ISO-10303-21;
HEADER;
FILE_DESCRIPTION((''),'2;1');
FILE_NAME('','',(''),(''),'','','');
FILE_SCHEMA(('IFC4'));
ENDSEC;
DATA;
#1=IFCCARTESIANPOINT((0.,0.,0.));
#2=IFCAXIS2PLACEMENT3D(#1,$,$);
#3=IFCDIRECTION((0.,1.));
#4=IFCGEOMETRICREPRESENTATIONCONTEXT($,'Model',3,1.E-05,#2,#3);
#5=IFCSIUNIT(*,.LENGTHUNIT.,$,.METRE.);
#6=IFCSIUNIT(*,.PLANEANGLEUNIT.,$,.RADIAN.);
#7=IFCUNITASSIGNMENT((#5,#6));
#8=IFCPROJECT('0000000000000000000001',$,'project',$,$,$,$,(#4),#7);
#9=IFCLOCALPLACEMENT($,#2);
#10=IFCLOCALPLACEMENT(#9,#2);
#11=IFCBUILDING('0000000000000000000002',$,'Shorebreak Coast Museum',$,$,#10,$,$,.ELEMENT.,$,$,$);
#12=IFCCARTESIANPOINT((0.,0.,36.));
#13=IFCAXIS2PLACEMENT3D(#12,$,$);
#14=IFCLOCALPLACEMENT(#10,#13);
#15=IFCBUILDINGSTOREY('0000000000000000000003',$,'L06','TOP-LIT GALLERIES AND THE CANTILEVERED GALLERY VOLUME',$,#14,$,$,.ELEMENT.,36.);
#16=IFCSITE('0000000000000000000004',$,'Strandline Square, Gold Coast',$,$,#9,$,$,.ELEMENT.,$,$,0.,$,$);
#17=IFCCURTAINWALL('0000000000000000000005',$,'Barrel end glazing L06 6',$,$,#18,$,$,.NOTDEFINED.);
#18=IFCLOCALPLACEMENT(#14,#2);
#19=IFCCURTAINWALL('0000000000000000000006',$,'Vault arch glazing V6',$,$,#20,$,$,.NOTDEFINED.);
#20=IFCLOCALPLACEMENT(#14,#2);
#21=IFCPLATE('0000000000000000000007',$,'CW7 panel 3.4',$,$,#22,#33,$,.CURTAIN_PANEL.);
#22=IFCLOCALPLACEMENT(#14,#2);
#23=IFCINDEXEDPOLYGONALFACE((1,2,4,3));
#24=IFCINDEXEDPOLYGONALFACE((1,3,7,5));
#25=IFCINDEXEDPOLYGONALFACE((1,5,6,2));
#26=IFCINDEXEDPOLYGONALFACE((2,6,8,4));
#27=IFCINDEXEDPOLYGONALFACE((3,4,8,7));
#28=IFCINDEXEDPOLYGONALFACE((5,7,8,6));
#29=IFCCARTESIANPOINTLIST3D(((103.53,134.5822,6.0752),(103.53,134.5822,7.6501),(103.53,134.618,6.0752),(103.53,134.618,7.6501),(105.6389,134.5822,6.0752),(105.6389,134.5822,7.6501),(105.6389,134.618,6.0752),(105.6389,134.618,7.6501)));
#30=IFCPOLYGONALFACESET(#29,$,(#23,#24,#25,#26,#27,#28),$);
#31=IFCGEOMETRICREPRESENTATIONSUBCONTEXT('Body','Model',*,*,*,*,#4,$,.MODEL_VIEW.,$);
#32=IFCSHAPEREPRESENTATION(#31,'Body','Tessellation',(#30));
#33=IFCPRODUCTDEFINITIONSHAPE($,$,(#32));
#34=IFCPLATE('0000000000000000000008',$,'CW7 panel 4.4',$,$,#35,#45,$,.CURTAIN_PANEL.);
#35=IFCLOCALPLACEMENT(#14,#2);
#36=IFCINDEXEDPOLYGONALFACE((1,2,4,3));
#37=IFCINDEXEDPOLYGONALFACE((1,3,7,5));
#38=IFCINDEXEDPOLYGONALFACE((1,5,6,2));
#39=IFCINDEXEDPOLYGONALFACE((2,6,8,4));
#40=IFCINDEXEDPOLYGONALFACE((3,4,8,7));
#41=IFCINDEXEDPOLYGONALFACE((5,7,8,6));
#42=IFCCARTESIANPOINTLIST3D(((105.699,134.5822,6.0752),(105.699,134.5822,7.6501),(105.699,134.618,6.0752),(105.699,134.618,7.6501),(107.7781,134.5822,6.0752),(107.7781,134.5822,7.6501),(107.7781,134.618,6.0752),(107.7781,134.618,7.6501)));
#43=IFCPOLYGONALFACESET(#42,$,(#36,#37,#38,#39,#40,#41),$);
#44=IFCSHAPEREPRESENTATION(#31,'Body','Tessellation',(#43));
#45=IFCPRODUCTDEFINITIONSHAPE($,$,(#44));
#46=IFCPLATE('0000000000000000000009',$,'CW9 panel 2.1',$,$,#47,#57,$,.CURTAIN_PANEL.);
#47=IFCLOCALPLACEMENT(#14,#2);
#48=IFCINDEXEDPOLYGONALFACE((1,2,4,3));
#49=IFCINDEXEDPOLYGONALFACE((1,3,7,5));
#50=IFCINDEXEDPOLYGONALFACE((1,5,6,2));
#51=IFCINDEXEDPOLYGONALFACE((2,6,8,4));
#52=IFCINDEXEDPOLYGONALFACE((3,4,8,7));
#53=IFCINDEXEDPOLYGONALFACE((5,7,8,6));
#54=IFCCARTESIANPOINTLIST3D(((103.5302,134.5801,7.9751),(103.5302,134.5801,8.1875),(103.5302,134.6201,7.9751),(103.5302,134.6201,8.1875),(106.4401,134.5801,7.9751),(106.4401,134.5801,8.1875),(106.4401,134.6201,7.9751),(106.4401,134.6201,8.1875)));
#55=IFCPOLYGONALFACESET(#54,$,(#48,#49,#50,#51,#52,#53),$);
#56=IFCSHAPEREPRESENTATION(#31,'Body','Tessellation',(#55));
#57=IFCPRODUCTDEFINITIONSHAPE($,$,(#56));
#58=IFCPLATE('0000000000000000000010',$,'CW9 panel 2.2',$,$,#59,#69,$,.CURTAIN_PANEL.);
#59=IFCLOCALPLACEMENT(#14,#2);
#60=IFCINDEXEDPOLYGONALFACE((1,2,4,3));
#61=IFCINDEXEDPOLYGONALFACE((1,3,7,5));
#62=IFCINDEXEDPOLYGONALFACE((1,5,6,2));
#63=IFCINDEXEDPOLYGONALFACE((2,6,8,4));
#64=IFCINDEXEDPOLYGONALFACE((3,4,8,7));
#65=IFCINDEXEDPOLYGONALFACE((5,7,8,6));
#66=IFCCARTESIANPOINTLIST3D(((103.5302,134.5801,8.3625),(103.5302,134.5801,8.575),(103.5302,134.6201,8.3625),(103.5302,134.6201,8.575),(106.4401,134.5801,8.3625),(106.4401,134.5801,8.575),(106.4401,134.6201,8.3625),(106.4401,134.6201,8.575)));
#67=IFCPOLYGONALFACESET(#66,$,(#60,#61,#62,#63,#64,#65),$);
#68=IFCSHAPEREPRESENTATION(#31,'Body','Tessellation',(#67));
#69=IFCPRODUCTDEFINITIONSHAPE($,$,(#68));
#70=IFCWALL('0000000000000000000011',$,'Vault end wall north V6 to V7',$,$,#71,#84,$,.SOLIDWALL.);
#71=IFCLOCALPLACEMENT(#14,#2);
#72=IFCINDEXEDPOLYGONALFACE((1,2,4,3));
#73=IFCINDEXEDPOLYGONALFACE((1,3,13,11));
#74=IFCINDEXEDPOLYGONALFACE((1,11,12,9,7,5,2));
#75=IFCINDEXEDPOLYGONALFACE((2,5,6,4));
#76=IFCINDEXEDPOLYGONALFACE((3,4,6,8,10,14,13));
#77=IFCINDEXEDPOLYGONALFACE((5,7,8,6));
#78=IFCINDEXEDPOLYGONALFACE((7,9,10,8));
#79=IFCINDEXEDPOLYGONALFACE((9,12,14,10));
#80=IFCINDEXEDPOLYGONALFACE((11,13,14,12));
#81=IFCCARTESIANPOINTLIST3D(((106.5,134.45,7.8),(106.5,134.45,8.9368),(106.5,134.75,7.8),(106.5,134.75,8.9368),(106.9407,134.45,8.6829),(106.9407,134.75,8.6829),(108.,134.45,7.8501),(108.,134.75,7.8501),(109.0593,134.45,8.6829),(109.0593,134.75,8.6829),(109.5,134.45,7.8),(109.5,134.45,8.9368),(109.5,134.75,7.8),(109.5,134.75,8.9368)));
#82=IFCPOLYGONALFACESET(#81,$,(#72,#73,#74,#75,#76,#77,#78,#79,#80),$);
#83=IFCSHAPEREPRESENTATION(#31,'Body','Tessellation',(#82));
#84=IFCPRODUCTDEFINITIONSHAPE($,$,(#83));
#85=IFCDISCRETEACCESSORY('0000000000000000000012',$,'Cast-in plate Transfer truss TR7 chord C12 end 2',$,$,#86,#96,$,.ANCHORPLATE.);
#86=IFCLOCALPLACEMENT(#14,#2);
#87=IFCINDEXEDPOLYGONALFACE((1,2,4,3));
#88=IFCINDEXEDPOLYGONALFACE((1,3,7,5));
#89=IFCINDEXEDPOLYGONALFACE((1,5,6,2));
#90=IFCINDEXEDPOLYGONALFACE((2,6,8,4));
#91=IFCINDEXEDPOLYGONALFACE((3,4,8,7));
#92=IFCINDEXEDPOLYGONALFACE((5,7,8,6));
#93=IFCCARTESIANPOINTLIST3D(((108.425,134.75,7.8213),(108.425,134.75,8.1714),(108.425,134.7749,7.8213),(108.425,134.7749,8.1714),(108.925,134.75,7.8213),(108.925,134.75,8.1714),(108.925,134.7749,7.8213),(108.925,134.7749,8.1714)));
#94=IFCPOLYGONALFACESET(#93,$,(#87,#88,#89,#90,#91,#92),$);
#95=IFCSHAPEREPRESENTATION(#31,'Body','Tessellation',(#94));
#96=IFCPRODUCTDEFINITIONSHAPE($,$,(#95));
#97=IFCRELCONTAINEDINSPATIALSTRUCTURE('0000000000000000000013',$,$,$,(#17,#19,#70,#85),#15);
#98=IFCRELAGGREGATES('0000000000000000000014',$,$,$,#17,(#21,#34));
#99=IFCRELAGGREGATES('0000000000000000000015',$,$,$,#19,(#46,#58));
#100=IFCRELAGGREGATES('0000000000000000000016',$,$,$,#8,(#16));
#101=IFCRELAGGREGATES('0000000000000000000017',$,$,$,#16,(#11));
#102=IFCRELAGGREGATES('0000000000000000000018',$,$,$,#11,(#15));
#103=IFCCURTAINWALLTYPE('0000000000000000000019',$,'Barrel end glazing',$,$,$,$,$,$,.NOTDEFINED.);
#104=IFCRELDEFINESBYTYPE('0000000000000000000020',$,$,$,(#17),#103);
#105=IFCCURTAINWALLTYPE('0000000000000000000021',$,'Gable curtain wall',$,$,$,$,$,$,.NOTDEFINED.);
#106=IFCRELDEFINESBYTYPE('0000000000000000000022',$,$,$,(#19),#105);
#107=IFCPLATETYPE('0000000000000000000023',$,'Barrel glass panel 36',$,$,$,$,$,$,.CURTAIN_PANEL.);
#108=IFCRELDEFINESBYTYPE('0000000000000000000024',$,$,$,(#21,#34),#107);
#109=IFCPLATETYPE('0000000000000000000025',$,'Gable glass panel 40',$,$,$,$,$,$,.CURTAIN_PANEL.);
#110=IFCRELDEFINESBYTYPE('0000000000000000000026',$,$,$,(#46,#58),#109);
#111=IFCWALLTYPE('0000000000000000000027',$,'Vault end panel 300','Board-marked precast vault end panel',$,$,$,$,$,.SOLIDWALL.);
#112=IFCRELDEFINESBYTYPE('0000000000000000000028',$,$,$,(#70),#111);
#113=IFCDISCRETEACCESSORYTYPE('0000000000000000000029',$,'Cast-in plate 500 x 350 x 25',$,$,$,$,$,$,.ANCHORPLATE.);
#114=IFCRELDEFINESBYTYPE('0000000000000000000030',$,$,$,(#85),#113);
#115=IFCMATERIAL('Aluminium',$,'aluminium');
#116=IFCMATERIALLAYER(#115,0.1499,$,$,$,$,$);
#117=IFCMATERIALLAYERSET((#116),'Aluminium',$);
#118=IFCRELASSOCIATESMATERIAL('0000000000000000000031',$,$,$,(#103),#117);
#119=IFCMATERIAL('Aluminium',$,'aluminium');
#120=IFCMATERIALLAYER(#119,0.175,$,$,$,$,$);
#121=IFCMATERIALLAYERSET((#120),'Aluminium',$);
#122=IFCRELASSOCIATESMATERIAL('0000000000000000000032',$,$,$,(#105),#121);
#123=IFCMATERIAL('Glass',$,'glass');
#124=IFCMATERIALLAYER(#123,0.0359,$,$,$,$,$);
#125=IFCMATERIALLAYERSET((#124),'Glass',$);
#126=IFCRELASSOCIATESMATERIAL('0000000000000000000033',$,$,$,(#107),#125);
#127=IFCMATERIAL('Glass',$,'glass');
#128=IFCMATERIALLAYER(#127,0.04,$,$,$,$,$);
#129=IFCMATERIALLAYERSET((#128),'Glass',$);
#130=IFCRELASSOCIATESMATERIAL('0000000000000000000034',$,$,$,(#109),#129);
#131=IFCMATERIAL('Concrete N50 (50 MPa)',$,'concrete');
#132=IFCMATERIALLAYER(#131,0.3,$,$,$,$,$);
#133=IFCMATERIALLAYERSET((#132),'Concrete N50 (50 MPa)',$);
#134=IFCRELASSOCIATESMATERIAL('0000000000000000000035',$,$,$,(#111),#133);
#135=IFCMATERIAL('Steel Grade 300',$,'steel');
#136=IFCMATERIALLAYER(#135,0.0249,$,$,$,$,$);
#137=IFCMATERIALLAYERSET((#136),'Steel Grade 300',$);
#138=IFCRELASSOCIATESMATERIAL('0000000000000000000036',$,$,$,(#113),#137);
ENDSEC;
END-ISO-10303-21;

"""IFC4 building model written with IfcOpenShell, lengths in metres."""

from ifc_helpers import new_model, si_unit, direction, frame, origin, origin_2d, place, context, subcontext, project, spatial, polyline, rectangle, outline, extrude, material, layer, layer_set, type_object, element, aggregate, save


model = new_model("IFC4")

# Units and contexts
model_context = context("Model", 3, precision=1e-05, world=origin(), true_north=direction((0.0, 1.0)))
body_context = subcontext(model_context, "Body", "Model", "MODEL_VIEW")
ifc_project = project(units=[si_unit("LENGTHUNIT", "METRE"), si_unit("PLANEANGLEUNIT", "RADIAN")], contexts=[model_context])

# Site, building, storey
site_placement = place(None, origin())
site = spatial("IfcSite", under=ifc_project, at=site_placement, Name="Strandline Square, Gold Coast", CompositionType="ELEMENT", RefElevation=0.0)
building_placement = place(site_placement, origin())
building = spatial("IfcBuilding", under=site, at=building_placement, Name="Shorebreak Coast Museum", CompositionType="ELEMENT")
storey_placement = place(building_placement, frame((0.0, 0.0, 36.0)))
storey = spatial("IfcBuildingStorey", under=building, at=storey_placement, Name="L06", Description="TOP-LIT GALLERIES AND THE CANTILEVERED GALLERY VOLUME", CompositionType="ELEMENT", Elevation=36.0)

# Curtain walls
ifc_material_1 = material(Name="Aluminium", Category="aluminium")
ifc_layer_1 = layer(ifc_material_1, 0.1499)
ifc_layer_set_1 = layer_set([ifc_layer_1], Name="Aluminium")
curtain_wall_type_1 = type_object("IfcCurtainWallType", Name="Barrel end glazing", PredefinedType="NOTDEFINED", material=ifc_layer_set_1)
curtain_wall_1_placement = place(storey_placement, origin())
curtain_wall_1 = element("IfcCurtainWall", 1, at=curtain_wall_1_placement, inside=storey, type_object=curtain_wall_type_1, Name="Barrel end glazing L06 6", PredefinedType="NOTDEFINED")
ifc_material_2 = material(Name="Aluminium", Category="aluminium")
ifc_layer_2 = layer(ifc_material_2, 0.175)
ifc_layer_set_2 = layer_set([ifc_layer_2], Name="Aluminium")
curtain_wall_type_2 = type_object("IfcCurtainWallType", Name="Gable curtain wall", PredefinedType="NOTDEFINED", material=ifc_layer_set_2)
curtain_wall_2_placement = place(storey_placement, origin())
curtain_wall_2 = element("IfcCurtainWall", 2, at=curtain_wall_2_placement, inside=storey, type_object=curtain_wall_type_2, Name="Vault arch glazing V6", PredefinedType="NOTDEFINED")

# Plates
ifc_material_3 = material(Name="Glass", Category="glass")
ifc_layer_3 = layer(ifc_material_3, 0.0359)
ifc_layer_set_3 = layer_set([ifc_layer_3], Name="Glass")
plate_type_1 = type_object("IfcPlateType", Name="Barrel glass panel 36", PredefinedType="CURTAIN_PANEL", material=ifc_layer_set_3)
plate_1_placement = place(storey_placement, frame((104.5845, 134.6001, 6.0752), z_axis=(0.0, 0.0, 1.0), x_axis=(1.0, 0.0, 0.0)))
plate_1 = element("IfcPlate", 3, at=plate_1_placement, type_object=plate_type_1, Name="CW7 panel 3.4", PredefinedType="CURTAIN_PANEL", context=body_context, shape_type="SweptSolid", body=[
    extrude(rectangle(XDim=2.1089, YDim=0.0359, at=origin_2d()), origin(), (0.0, 0.0, 1.0), 1.575),
])
plate_2_placement = place(storey_placement, frame((106.7385, 134.6001, 6.0752), z_axis=(0.0, 0.0, 1.0), x_axis=(1.0, 0.0, 0.0)))
plate_2 = element("IfcPlate", 4, at=plate_2_placement, type_object=plate_type_1, Name="CW7 panel 4.4", PredefinedType="CURTAIN_PANEL", context=body_context, shape_type="SweptSolid", body=[
    extrude(rectangle(XDim=2.0791, YDim=0.0359, at=origin_2d()), origin(), (0.0, 0.0, 1.0), 1.575),
])
aggregate(curtain_wall_1, [plate_1, plate_2])
ifc_material_4 = material(Name="Glass", Category="glass")
ifc_layer_4 = layer(ifc_material_4, 0.04)
ifc_layer_set_4 = layer_set([ifc_layer_4], Name="Glass")
plate_type_2 = type_object("IfcPlateType", Name="Gable glass panel 40", PredefinedType="CURTAIN_PANEL", material=ifc_layer_set_4)
plate_3_placement = place(storey_placement, frame((104.9851, 134.6001, 7.9751), z_axis=(0.0, 0.0, 1.0), x_axis=(1.0, 0.0, 0.0)))
plate_3 = element("IfcPlate", 5, at=plate_3_placement, type_object=plate_type_2, Name="CW9 panel 2.1", PredefinedType="CURTAIN_PANEL", context=body_context, shape_type="SweptSolid", body=[
    extrude(rectangle(XDim=2.9099, YDim=0.04, at=origin_2d()), origin(), (0.0, 0.0, 1.0), 0.2124),
])
plate_4_placement = place(storey_placement, frame((104.9851, 134.6001, 8.3625), z_axis=(0.0, 0.0, 1.0), x_axis=(1.0, 0.0, 0.0)))
plate_4 = element("IfcPlate", 6, at=plate_4_placement, type_object=plate_type_2, Name="CW9 panel 2.2", PredefinedType="CURTAIN_PANEL", context=body_context, shape_type="SweptSolid", body=[
    extrude(rectangle(XDim=2.9099, YDim=0.04, at=origin_2d()), origin(), (0.0, 0.0, 1.0), 0.2124),
])
aggregate(curtain_wall_2, [plate_3, plate_4])

# Wall
ifc_material_5 = material(Name="Concrete N50 (50 MPa)", Category="concrete")
ifc_layer_5 = layer(ifc_material_5, 0.3)
ifc_layer_set_5 = layer_set([ifc_layer_5], Name="Concrete N50 (50 MPa)")
wall_type = type_object("IfcWallType", Name="Vault end panel 300", Description="Board-marked precast vault end panel", PredefinedType="SOLIDWALL", material=ifc_layer_set_5)
wall_placement = place(storey_placement, frame((106.5, 134.6001, 7.8), z_axis=(0.0, 0.0, 1.0), x_axis=(1.0, 0.0, 0.0)))
element("IfcWall", 7, at=wall_placement, inside=storey, type_object=wall_type, Name="Vault end wall north V6 to V7", PredefinedType="SOLIDWALL", context=body_context, shape_type="SweptSolid", body=[
    extrude(outline(polyline([(0.0, 0.0), (3.0, 0.0), (3.0, 1.1367), (2.5593, 0.8828), (1.5, 0.05), (0.4407, 0.8828), (0.0, 1.1367), (0.0, 0.0)])), frame((0.0, 0.1499, 0.0), z_axis=(0.0, -1.0, 0.0), x_axis=(1.0, 0.0, 0.0)), (0.0, 0.0, 1.0), 0.3),
])

# Discrete accessory
ifc_material_6 = material(Name="Steel Grade 300", Category="steel")
ifc_layer_6 = layer(ifc_material_6, 0.0249)
ifc_layer_set_6 = layer_set([ifc_layer_6], Name="Steel Grade 300")
discrete_accessory_type = type_object("IfcDiscreteAccessoryType", Name="Cast-in plate 500 x 350 x 25", PredefinedType="ANCHORPLATE", material=ifc_layer_set_6)
discrete_accessory_placement = place(storey_placement, frame((108.425, 134.75, 7.8213), z_axis=(0.0, -1.0, 0.0), x_axis=(1.0, 0.0, 0.0)))
element("IfcDiscreteAccessory", 8, at=discrete_accessory_placement, inside=storey, type_object=discrete_accessory_type, Name="Cast-in plate Transfer truss TR7 chord C12 end 2", PredefinedType="ANCHORPLATE", context=body_context, shape_type="SweptSolid", body=[
    extrude(outline(polyline([(0.0, 0.0), (0.5, 0.0), (0.5, 0.3501), (0.0, 0.3501), (0.0, 0.0)])), origin(), (0.0, 0.0, -1.0), 0.0249),
])

save(model, "model.ifc")
